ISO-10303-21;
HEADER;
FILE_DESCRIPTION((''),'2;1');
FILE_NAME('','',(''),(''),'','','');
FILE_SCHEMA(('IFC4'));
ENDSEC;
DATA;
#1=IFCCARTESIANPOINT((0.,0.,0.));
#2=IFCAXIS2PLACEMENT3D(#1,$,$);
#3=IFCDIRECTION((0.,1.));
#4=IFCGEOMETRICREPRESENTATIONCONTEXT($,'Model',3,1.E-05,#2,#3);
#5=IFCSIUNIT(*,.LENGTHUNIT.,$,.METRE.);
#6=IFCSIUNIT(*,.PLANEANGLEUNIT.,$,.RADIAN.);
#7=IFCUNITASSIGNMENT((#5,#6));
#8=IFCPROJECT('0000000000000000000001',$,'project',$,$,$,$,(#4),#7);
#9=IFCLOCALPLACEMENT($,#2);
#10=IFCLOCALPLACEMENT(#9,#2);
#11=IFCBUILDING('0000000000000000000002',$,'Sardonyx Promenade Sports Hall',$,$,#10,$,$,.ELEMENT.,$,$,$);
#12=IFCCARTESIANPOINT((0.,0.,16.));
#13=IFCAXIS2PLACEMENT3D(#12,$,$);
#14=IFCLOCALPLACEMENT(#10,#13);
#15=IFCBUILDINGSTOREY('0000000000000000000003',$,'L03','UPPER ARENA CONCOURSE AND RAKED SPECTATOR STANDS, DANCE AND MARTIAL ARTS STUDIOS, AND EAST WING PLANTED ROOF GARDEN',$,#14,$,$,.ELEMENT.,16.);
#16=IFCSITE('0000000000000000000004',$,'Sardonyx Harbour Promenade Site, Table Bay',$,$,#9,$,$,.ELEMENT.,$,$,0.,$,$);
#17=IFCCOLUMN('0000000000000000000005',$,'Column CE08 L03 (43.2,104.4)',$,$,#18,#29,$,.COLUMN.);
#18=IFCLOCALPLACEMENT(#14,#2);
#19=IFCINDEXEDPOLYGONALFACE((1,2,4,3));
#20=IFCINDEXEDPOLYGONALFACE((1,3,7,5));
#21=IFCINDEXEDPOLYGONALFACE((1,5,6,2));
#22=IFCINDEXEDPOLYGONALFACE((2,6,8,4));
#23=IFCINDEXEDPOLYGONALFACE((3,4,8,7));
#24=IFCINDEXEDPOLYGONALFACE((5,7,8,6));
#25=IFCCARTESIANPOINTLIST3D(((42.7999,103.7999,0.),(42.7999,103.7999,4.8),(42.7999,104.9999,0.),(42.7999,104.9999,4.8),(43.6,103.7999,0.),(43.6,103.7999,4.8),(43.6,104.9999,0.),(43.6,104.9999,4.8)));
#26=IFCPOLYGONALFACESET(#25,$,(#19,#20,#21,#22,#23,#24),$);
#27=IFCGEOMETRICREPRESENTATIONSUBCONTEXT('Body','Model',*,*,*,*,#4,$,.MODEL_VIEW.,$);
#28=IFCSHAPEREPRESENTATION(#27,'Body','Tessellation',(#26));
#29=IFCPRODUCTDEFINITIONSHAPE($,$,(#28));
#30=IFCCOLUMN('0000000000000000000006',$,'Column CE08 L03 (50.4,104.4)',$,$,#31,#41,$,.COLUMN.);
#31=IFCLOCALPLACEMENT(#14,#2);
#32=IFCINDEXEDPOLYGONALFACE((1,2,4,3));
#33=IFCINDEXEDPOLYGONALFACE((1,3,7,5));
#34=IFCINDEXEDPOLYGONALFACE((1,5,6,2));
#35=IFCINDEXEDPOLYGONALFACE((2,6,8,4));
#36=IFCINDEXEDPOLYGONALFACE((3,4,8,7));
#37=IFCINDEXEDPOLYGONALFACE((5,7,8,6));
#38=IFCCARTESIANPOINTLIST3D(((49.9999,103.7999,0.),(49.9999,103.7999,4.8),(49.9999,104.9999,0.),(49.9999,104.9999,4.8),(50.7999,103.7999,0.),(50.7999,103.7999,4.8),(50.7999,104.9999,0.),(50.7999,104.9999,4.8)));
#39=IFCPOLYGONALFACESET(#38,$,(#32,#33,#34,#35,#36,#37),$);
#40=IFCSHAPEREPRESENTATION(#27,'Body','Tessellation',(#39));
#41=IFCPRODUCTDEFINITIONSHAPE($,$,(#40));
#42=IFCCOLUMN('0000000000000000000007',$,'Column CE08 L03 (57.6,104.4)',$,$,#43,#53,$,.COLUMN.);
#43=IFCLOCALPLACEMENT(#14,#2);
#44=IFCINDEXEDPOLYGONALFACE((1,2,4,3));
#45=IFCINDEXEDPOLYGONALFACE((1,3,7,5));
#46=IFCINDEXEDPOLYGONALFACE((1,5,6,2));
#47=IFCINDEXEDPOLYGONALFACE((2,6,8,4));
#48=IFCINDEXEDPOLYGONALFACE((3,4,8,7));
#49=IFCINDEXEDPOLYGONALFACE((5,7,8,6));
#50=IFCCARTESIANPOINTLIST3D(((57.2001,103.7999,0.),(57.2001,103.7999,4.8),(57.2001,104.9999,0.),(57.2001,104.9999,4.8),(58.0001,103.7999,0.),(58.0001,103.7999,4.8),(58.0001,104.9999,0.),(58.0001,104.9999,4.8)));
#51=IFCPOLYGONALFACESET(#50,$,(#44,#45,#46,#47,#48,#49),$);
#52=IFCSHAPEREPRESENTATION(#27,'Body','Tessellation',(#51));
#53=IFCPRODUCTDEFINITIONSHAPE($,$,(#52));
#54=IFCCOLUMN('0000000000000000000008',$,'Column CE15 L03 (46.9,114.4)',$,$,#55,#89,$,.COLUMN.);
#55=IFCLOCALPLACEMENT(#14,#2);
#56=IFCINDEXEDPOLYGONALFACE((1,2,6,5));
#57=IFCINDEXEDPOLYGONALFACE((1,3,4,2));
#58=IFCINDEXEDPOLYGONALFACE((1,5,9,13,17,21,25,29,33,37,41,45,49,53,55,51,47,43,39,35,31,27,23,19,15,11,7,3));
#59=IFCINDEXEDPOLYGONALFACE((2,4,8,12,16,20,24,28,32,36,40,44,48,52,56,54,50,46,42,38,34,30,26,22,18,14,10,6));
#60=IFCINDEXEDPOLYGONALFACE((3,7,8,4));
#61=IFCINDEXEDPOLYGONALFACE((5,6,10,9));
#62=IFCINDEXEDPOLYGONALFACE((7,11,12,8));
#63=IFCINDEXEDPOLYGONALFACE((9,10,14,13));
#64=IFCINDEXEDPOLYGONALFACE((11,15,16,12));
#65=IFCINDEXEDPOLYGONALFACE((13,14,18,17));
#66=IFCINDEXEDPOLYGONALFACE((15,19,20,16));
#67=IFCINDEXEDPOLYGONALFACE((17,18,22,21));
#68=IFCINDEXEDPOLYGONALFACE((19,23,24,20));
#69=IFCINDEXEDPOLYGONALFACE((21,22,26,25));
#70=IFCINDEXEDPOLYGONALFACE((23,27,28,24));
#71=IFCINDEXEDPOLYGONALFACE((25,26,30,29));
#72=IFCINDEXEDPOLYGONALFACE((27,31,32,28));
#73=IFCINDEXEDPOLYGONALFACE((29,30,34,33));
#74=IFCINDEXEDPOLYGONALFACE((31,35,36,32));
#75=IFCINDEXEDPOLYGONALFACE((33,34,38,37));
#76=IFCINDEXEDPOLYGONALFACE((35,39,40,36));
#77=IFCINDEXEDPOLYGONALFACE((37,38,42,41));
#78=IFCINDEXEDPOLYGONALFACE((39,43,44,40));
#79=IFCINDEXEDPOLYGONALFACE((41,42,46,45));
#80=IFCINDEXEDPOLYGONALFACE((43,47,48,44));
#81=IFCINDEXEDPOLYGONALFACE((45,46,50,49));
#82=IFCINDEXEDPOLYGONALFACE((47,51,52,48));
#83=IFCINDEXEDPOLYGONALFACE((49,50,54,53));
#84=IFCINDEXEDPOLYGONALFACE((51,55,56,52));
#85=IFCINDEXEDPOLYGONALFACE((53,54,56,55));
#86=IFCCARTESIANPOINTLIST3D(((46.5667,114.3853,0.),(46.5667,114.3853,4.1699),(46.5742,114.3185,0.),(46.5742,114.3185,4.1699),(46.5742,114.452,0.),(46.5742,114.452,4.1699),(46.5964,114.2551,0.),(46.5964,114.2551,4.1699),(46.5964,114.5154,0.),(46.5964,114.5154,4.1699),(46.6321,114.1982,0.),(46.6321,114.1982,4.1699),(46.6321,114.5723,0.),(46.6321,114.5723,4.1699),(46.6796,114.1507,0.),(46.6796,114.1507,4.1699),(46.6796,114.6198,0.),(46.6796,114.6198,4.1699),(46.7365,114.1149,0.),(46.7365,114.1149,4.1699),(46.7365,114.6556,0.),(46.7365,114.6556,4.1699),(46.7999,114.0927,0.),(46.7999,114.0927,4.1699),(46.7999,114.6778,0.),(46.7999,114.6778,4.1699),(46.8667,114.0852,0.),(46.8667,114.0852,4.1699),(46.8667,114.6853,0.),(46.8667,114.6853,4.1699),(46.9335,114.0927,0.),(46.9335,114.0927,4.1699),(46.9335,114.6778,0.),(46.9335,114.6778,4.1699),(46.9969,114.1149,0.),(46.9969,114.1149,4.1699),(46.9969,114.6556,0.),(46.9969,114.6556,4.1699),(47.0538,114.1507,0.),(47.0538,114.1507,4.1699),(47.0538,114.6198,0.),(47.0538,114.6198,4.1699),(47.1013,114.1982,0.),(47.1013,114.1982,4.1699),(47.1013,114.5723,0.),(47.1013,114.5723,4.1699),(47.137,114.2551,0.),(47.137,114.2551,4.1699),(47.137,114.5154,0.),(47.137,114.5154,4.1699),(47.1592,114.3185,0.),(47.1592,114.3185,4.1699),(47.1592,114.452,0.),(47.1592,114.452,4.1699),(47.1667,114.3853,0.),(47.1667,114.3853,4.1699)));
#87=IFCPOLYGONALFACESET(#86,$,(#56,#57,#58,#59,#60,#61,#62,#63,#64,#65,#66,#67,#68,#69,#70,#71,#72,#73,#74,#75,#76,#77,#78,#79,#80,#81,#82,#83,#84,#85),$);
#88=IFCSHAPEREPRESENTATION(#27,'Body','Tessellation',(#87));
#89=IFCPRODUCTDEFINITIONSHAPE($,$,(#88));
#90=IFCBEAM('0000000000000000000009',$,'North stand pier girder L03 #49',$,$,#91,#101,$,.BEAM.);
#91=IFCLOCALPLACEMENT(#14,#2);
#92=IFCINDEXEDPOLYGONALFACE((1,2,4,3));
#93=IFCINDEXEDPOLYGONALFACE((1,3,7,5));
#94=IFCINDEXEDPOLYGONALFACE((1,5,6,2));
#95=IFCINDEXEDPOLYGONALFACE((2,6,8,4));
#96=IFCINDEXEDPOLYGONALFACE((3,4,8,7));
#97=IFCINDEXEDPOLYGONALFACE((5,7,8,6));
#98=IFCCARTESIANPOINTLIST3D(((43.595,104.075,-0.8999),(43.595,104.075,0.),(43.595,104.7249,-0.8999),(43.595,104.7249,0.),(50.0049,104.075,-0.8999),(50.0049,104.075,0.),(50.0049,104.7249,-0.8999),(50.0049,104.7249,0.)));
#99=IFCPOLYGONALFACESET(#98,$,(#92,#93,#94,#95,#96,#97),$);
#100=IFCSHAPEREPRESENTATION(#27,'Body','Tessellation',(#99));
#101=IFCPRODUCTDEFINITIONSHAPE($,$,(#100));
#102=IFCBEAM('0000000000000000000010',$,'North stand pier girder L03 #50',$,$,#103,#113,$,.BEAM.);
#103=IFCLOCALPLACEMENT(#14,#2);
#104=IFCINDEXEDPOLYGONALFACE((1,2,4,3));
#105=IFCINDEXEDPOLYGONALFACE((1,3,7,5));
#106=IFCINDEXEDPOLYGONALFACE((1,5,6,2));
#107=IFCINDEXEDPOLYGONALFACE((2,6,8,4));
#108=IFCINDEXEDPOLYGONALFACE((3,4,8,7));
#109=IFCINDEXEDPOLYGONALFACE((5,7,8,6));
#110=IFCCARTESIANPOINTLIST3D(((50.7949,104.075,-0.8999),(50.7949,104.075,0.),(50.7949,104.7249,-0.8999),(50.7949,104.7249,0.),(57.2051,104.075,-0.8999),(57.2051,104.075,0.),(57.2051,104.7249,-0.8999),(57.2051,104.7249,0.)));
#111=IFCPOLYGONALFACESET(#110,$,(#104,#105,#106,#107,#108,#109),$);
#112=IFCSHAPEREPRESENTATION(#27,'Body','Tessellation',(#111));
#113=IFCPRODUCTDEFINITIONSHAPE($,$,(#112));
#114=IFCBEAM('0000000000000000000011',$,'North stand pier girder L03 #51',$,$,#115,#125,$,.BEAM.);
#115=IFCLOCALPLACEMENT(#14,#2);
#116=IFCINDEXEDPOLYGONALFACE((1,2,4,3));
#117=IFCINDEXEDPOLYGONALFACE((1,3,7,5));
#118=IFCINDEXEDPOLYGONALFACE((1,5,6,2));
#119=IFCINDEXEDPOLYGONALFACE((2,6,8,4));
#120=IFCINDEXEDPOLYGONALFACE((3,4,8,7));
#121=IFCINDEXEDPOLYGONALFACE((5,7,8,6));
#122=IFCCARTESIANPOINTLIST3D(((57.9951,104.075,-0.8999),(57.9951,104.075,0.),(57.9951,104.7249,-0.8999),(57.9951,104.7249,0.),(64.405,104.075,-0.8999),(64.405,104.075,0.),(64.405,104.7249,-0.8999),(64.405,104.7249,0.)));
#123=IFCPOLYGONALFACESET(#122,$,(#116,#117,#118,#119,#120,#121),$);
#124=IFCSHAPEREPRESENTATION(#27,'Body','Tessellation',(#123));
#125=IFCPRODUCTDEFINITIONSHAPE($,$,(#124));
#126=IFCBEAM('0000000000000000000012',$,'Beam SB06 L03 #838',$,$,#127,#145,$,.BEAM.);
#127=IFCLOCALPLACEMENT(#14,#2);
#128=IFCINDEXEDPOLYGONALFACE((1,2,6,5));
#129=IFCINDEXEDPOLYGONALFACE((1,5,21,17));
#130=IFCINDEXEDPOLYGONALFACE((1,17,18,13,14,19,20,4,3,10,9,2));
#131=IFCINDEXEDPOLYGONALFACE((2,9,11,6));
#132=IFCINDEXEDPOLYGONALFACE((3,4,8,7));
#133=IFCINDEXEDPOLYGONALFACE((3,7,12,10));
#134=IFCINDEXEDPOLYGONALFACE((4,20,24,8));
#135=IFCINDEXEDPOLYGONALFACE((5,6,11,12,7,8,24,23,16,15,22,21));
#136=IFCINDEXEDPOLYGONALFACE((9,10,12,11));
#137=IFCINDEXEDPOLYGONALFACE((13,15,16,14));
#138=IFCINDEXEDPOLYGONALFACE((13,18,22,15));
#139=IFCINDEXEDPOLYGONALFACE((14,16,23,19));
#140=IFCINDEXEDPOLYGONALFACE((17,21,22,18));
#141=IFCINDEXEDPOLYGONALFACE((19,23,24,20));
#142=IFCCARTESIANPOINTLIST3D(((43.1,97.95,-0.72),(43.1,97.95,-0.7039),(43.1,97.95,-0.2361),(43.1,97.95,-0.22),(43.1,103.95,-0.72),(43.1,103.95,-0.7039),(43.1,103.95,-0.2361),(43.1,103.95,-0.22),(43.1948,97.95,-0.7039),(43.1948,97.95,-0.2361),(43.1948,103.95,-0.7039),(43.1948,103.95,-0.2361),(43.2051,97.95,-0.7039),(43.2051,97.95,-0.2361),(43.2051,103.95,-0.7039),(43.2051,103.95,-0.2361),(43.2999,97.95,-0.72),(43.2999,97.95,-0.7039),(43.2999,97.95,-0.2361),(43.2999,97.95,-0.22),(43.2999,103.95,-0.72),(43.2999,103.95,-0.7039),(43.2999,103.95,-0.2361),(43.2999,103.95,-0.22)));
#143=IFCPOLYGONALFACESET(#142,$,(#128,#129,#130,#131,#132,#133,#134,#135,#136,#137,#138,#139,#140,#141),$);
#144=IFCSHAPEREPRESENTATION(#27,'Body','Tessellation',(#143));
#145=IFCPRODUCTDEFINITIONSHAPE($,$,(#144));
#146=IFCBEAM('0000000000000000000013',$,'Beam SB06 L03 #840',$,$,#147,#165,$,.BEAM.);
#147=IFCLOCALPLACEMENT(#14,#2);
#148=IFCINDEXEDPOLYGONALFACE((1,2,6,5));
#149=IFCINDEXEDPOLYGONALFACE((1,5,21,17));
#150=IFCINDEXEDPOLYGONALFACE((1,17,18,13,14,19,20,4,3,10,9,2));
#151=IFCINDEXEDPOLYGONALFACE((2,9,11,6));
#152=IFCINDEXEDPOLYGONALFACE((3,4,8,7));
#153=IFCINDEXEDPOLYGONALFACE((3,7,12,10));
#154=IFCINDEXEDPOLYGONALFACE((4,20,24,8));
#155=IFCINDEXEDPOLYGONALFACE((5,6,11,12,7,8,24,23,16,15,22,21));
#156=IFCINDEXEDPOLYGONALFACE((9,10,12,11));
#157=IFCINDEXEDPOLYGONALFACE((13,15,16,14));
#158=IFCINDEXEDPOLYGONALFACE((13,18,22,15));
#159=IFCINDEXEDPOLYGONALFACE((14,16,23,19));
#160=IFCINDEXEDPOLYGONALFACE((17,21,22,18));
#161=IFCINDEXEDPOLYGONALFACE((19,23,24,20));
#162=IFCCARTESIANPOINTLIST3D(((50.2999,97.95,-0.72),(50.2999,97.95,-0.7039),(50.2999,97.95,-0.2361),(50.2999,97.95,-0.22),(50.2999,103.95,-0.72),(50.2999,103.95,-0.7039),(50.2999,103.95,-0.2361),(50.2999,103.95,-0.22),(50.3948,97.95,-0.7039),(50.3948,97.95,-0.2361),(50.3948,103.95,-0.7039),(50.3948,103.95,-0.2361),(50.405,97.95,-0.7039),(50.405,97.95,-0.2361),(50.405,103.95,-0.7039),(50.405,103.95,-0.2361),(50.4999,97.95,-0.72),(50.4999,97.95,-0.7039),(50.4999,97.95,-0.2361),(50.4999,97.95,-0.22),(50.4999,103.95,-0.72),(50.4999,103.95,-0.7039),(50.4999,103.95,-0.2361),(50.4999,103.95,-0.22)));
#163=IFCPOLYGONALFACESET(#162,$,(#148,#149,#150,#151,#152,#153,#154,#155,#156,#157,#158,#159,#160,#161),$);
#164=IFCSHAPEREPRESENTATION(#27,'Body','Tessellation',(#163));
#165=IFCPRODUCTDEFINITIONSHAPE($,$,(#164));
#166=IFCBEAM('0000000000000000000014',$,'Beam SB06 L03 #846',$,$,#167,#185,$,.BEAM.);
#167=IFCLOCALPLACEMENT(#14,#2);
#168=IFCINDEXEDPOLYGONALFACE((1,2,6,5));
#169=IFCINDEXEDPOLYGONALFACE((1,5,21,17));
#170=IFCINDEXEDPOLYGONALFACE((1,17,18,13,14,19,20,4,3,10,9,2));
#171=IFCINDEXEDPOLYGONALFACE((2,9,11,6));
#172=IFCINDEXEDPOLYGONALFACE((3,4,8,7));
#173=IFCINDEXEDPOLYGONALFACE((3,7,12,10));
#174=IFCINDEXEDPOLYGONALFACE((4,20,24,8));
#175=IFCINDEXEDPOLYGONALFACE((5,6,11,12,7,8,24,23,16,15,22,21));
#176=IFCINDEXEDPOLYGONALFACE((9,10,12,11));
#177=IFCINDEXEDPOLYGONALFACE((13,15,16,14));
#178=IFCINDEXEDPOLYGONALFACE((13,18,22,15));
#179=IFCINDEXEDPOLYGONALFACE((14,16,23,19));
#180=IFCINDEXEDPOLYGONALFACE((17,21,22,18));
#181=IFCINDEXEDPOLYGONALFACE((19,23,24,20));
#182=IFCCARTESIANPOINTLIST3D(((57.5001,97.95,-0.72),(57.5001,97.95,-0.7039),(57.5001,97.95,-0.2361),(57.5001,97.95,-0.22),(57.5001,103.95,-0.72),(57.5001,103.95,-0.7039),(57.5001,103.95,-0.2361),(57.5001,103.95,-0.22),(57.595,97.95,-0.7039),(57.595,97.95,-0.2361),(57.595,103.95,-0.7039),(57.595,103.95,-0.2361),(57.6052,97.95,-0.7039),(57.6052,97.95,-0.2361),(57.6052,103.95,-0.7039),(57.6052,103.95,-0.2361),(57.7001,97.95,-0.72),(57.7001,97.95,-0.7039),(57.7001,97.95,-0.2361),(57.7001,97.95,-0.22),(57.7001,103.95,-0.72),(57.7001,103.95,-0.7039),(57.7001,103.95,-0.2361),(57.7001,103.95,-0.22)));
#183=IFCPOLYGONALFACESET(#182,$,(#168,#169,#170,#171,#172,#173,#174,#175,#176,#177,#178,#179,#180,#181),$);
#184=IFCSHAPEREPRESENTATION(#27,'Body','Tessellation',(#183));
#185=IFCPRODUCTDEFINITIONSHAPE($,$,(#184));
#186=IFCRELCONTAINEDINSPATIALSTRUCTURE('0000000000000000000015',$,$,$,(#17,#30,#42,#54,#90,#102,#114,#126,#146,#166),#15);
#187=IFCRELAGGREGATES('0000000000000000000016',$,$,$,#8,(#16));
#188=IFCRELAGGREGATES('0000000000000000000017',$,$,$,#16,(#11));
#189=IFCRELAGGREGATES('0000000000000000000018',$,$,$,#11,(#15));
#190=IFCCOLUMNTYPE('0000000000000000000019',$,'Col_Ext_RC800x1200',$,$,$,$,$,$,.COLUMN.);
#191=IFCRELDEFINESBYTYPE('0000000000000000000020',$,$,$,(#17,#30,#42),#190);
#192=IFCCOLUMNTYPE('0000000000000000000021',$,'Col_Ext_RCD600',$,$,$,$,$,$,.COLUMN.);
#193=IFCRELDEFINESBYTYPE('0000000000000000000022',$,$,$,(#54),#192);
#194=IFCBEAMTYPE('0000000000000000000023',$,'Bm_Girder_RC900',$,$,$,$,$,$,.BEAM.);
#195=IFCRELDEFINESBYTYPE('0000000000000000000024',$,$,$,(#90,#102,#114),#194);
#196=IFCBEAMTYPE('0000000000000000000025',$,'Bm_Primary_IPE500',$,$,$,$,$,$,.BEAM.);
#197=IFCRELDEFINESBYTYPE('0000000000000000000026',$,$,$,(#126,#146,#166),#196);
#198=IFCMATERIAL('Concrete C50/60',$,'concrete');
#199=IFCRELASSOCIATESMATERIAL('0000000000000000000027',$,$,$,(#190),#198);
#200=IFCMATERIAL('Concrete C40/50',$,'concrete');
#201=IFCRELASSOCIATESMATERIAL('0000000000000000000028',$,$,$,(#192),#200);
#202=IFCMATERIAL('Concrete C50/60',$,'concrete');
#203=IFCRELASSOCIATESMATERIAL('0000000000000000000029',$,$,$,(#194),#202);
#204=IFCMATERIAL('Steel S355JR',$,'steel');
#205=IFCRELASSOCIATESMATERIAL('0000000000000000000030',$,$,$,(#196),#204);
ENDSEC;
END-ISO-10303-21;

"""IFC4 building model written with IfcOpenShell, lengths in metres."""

from ifc_helpers import new_model, si_unit, direction, frame, origin, origin_2d, place, context, subcontext, project, spatial, rectangle, circle, i_section, extrude, material, material_profile, profile_set, type_object, element, save


model = new_model("IFC4")

# Units and contexts
model_context = context("Model", 3, precision=1e-05, world=origin(), true_north=direction((0.0, 1.0)))
body_context = subcontext(model_context, "Body", "Model", "MODEL_VIEW")
ifc_project = project(units=[si_unit("LENGTHUNIT", "METRE"), si_unit("PLANEANGLEUNIT", "RADIAN")], contexts=[model_context])

# Site, building, storey
site_placement = place(None, origin())
site = spatial("IfcSite", under=ifc_project, at=site_placement, Name="Sardonyx Harbour Promenade Site, Table Bay", CompositionType="ELEMENT", RefElevation=0.0)
building_placement = place(site_placement, origin())
building = spatial("IfcBuilding", under=site, at=building_placement, Name="Sardonyx Promenade Sports Hall", CompositionType="ELEMENT")
storey_placement = place(building_placement, frame((0.0, 0.0, 16.0)))
storey = spatial("IfcBuildingStorey", under=building, at=storey_placement, Name="L03", Description="UPPER ARENA CONCOURSE AND RAKED SPECTATOR STANDS, DANCE AND MARTIAL ARTS STUDIOS, AND EAST WING PLANTED ROOF GARDEN", CompositionType="ELEMENT", Elevation=16.0)

# Columns
ifc_material_1 = material(Name="Concrete C50/60", Category="concrete")
ifc_material_profile_1 = material_profile(ifc_material_1, rectangle(XDim=0.8, YDim=1.2, at=origin_2d()))
ifc_profile_set_1 = profile_set([ifc_material_profile_1], Name="Concrete C50/60")
column_type_1 = type_object("IfcColumnType", Name="Col_Ext_RC800x1200", PredefinedType="COLUMN", material=ifc_profile_set_1)
for number, where, z_axis, x_axis, name in (
    (1, (43.2, 104.3999, 0.0), (0.0, 0.0, 1.0), (1.0, 0.0, 0.0), "Column CE08 L03 (43.2,104.4)"),
    (2, (50.3999, 104.3999, 0.0), (0.0, 0.0, 1.0), (1.0, 0.0, 0.0), "Column CE08 L03 (50.4,104.4)"),
    (3, (57.6001, 104.3999, 0.0), (0.0, 0.0, 1.0), (1.0, 0.0, 0.0), "Column CE08 L03 (57.6,104.4)"),
):
    element("IfcColumn", number, at=place(storey_placement, frame(where, z_axis=z_axis, x_axis=x_axis)), inside=storey, type_object=column_type_1, Name=name, PredefinedType="COLUMN", context=body_context, shape_type="SweptSolid", body=[
        extrude(rectangle(XDim=0.8, YDim=1.2, at=origin_2d()), origin(), (0.0, 0.0, 1.0), 4.8),
    ])
ifc_material_2 = material(Name="Concrete C40/50", Category="concrete")
ifc_material_profile_2 = material_profile(ifc_material_2, circle(Radius=0.3, at=origin_2d()))
ifc_profile_set_2 = profile_set([ifc_material_profile_2], Name="Concrete C40/50")
column_type_2 = type_object("IfcColumnType", Name="Col_Ext_RCD600", PredefinedType="COLUMN", material=ifc_profile_set_2)
column_placement = place(storey_placement, frame((46.8667, 114.3853, 0.0), z_axis=(0.0, 0.0, 1.0), x_axis=(1.0, 0.0, 0.0)))
element("IfcColumn", 4, at=column_placement, inside=storey, type_object=column_type_2, Name="Column CE15 L03 (46.9,114.4)", PredefinedType="COLUMN", context=body_context, shape_type="SweptSolid", body=[
    extrude(circle(Radius=0.3, at=origin_2d()), origin(), (0.0, 0.0, 1.0), 4.1699),
])

# Beams
ifc_material_3 = material(Name="Concrete C50/60", Category="concrete")
ifc_material_profile_3 = material_profile(ifc_material_3, rectangle(XDim=0.6499, YDim=0.8999, at=origin_2d()))
ifc_profile_set_3 = profile_set([ifc_material_profile_3], Name="Concrete C50/60")
beam_type_1 = type_object("IfcBeamType", Name="Bm_Girder_RC900", PredefinedType="BEAM", material=ifc_profile_set_3)
beam_1_placement = place(storey_placement, frame((43.595, 104.3999, -0.45), z_axis=(1.0, 0.0, 0.0), x_axis=(0.0, 1.0, 0.0)))
element("IfcBeam", 5, at=beam_1_placement, inside=storey, type_object=beam_type_1, Name="North stand pier girder L03 #49", PredefinedType="BEAM", context=body_context, shape_type="SweptSolid", body=[
    extrude(rectangle(XDim=0.6499, YDim=0.8999, at=origin_2d()), origin(), (0.0, 0.0, 1.0), 6.4099),
])
beam_2_placement = place(storey_placement, frame((50.7949, 104.3999, -0.45), z_axis=(1.0, 0.0, 0.0), x_axis=(0.0, 1.0, 0.0)))
element("IfcBeam", 6, at=beam_2_placement, inside=storey, type_object=beam_type_1, Name="North stand pier girder L03 #50", PredefinedType="BEAM", context=body_context, shape_type="SweptSolid", body=[
    extrude(rectangle(XDim=0.6499, YDim=0.8999, at=origin_2d()), origin(), (0.0, 0.0, 1.0), 6.4102),
])
beam_3_placement = place(storey_placement, frame((57.9951, 104.3999, -0.45), z_axis=(1.0, 0.0, 0.0), x_axis=(0.0, 1.0, 0.0)))
element("IfcBeam", 7, at=beam_3_placement, inside=storey, type_object=beam_type_1, Name="North stand pier girder L03 #51", PredefinedType="BEAM", context=body_context, shape_type="SweptSolid", body=[
    extrude(rectangle(XDim=0.6499, YDim=0.8999, at=origin_2d()), origin(), (0.0, 0.0, 1.0), 6.4099),
])
ifc_material_4 = material(Name="Steel S355JR", Category="steel")
ifc_material_profile_4 = material_profile(ifc_material_4, i_section(OverallWidth=0.2, OverallDepth=0.5, WebThickness=0.0103, FlangeThickness=0.0161, at=origin_2d()))
ifc_profile_set_4 = profile_set([ifc_material_profile_4], Name="Steel S355JR")
beam_type_2 = type_object("IfcBeamType", Name="Bm_Primary_IPE500", PredefinedType="BEAM", material=ifc_profile_set_4)
for number, where, z_axis, x_axis, name in (
    (8, (43.2, 97.95, -0.47), (0.0, 1.0, 0.0), (-1.0, 0.0, 0.0), "Beam SB06 L03 #838"),
    (9, (50.3999, 97.95, -0.47), (0.0, 1.0, 0.0), (-1.0, 0.0, 0.0), "Beam SB06 L03 #840"),
    (10, (57.6001, 97.95, -0.47), (0.0, 1.0, 0.0), (-1.0, 0.0, 0.0), "Beam SB06 L03 #846"),
):
    element("IfcBeam", number, at=place(storey_placement, frame(where, z_axis=z_axis, x_axis=x_axis)), inside=storey, type_object=beam_type_2, Name=name, PredefinedType="BEAM", context=body_context, shape_type="SweptSolid", body=[
        extrude(i_section(OverallWidth=0.2, OverallDepth=0.5, WebThickness=0.0103, FlangeThickness=0.0161, at=origin_2d()), origin(), (0.0, 0.0, 1.0), 6.0),
    ])

save(model, "model.ifc")
